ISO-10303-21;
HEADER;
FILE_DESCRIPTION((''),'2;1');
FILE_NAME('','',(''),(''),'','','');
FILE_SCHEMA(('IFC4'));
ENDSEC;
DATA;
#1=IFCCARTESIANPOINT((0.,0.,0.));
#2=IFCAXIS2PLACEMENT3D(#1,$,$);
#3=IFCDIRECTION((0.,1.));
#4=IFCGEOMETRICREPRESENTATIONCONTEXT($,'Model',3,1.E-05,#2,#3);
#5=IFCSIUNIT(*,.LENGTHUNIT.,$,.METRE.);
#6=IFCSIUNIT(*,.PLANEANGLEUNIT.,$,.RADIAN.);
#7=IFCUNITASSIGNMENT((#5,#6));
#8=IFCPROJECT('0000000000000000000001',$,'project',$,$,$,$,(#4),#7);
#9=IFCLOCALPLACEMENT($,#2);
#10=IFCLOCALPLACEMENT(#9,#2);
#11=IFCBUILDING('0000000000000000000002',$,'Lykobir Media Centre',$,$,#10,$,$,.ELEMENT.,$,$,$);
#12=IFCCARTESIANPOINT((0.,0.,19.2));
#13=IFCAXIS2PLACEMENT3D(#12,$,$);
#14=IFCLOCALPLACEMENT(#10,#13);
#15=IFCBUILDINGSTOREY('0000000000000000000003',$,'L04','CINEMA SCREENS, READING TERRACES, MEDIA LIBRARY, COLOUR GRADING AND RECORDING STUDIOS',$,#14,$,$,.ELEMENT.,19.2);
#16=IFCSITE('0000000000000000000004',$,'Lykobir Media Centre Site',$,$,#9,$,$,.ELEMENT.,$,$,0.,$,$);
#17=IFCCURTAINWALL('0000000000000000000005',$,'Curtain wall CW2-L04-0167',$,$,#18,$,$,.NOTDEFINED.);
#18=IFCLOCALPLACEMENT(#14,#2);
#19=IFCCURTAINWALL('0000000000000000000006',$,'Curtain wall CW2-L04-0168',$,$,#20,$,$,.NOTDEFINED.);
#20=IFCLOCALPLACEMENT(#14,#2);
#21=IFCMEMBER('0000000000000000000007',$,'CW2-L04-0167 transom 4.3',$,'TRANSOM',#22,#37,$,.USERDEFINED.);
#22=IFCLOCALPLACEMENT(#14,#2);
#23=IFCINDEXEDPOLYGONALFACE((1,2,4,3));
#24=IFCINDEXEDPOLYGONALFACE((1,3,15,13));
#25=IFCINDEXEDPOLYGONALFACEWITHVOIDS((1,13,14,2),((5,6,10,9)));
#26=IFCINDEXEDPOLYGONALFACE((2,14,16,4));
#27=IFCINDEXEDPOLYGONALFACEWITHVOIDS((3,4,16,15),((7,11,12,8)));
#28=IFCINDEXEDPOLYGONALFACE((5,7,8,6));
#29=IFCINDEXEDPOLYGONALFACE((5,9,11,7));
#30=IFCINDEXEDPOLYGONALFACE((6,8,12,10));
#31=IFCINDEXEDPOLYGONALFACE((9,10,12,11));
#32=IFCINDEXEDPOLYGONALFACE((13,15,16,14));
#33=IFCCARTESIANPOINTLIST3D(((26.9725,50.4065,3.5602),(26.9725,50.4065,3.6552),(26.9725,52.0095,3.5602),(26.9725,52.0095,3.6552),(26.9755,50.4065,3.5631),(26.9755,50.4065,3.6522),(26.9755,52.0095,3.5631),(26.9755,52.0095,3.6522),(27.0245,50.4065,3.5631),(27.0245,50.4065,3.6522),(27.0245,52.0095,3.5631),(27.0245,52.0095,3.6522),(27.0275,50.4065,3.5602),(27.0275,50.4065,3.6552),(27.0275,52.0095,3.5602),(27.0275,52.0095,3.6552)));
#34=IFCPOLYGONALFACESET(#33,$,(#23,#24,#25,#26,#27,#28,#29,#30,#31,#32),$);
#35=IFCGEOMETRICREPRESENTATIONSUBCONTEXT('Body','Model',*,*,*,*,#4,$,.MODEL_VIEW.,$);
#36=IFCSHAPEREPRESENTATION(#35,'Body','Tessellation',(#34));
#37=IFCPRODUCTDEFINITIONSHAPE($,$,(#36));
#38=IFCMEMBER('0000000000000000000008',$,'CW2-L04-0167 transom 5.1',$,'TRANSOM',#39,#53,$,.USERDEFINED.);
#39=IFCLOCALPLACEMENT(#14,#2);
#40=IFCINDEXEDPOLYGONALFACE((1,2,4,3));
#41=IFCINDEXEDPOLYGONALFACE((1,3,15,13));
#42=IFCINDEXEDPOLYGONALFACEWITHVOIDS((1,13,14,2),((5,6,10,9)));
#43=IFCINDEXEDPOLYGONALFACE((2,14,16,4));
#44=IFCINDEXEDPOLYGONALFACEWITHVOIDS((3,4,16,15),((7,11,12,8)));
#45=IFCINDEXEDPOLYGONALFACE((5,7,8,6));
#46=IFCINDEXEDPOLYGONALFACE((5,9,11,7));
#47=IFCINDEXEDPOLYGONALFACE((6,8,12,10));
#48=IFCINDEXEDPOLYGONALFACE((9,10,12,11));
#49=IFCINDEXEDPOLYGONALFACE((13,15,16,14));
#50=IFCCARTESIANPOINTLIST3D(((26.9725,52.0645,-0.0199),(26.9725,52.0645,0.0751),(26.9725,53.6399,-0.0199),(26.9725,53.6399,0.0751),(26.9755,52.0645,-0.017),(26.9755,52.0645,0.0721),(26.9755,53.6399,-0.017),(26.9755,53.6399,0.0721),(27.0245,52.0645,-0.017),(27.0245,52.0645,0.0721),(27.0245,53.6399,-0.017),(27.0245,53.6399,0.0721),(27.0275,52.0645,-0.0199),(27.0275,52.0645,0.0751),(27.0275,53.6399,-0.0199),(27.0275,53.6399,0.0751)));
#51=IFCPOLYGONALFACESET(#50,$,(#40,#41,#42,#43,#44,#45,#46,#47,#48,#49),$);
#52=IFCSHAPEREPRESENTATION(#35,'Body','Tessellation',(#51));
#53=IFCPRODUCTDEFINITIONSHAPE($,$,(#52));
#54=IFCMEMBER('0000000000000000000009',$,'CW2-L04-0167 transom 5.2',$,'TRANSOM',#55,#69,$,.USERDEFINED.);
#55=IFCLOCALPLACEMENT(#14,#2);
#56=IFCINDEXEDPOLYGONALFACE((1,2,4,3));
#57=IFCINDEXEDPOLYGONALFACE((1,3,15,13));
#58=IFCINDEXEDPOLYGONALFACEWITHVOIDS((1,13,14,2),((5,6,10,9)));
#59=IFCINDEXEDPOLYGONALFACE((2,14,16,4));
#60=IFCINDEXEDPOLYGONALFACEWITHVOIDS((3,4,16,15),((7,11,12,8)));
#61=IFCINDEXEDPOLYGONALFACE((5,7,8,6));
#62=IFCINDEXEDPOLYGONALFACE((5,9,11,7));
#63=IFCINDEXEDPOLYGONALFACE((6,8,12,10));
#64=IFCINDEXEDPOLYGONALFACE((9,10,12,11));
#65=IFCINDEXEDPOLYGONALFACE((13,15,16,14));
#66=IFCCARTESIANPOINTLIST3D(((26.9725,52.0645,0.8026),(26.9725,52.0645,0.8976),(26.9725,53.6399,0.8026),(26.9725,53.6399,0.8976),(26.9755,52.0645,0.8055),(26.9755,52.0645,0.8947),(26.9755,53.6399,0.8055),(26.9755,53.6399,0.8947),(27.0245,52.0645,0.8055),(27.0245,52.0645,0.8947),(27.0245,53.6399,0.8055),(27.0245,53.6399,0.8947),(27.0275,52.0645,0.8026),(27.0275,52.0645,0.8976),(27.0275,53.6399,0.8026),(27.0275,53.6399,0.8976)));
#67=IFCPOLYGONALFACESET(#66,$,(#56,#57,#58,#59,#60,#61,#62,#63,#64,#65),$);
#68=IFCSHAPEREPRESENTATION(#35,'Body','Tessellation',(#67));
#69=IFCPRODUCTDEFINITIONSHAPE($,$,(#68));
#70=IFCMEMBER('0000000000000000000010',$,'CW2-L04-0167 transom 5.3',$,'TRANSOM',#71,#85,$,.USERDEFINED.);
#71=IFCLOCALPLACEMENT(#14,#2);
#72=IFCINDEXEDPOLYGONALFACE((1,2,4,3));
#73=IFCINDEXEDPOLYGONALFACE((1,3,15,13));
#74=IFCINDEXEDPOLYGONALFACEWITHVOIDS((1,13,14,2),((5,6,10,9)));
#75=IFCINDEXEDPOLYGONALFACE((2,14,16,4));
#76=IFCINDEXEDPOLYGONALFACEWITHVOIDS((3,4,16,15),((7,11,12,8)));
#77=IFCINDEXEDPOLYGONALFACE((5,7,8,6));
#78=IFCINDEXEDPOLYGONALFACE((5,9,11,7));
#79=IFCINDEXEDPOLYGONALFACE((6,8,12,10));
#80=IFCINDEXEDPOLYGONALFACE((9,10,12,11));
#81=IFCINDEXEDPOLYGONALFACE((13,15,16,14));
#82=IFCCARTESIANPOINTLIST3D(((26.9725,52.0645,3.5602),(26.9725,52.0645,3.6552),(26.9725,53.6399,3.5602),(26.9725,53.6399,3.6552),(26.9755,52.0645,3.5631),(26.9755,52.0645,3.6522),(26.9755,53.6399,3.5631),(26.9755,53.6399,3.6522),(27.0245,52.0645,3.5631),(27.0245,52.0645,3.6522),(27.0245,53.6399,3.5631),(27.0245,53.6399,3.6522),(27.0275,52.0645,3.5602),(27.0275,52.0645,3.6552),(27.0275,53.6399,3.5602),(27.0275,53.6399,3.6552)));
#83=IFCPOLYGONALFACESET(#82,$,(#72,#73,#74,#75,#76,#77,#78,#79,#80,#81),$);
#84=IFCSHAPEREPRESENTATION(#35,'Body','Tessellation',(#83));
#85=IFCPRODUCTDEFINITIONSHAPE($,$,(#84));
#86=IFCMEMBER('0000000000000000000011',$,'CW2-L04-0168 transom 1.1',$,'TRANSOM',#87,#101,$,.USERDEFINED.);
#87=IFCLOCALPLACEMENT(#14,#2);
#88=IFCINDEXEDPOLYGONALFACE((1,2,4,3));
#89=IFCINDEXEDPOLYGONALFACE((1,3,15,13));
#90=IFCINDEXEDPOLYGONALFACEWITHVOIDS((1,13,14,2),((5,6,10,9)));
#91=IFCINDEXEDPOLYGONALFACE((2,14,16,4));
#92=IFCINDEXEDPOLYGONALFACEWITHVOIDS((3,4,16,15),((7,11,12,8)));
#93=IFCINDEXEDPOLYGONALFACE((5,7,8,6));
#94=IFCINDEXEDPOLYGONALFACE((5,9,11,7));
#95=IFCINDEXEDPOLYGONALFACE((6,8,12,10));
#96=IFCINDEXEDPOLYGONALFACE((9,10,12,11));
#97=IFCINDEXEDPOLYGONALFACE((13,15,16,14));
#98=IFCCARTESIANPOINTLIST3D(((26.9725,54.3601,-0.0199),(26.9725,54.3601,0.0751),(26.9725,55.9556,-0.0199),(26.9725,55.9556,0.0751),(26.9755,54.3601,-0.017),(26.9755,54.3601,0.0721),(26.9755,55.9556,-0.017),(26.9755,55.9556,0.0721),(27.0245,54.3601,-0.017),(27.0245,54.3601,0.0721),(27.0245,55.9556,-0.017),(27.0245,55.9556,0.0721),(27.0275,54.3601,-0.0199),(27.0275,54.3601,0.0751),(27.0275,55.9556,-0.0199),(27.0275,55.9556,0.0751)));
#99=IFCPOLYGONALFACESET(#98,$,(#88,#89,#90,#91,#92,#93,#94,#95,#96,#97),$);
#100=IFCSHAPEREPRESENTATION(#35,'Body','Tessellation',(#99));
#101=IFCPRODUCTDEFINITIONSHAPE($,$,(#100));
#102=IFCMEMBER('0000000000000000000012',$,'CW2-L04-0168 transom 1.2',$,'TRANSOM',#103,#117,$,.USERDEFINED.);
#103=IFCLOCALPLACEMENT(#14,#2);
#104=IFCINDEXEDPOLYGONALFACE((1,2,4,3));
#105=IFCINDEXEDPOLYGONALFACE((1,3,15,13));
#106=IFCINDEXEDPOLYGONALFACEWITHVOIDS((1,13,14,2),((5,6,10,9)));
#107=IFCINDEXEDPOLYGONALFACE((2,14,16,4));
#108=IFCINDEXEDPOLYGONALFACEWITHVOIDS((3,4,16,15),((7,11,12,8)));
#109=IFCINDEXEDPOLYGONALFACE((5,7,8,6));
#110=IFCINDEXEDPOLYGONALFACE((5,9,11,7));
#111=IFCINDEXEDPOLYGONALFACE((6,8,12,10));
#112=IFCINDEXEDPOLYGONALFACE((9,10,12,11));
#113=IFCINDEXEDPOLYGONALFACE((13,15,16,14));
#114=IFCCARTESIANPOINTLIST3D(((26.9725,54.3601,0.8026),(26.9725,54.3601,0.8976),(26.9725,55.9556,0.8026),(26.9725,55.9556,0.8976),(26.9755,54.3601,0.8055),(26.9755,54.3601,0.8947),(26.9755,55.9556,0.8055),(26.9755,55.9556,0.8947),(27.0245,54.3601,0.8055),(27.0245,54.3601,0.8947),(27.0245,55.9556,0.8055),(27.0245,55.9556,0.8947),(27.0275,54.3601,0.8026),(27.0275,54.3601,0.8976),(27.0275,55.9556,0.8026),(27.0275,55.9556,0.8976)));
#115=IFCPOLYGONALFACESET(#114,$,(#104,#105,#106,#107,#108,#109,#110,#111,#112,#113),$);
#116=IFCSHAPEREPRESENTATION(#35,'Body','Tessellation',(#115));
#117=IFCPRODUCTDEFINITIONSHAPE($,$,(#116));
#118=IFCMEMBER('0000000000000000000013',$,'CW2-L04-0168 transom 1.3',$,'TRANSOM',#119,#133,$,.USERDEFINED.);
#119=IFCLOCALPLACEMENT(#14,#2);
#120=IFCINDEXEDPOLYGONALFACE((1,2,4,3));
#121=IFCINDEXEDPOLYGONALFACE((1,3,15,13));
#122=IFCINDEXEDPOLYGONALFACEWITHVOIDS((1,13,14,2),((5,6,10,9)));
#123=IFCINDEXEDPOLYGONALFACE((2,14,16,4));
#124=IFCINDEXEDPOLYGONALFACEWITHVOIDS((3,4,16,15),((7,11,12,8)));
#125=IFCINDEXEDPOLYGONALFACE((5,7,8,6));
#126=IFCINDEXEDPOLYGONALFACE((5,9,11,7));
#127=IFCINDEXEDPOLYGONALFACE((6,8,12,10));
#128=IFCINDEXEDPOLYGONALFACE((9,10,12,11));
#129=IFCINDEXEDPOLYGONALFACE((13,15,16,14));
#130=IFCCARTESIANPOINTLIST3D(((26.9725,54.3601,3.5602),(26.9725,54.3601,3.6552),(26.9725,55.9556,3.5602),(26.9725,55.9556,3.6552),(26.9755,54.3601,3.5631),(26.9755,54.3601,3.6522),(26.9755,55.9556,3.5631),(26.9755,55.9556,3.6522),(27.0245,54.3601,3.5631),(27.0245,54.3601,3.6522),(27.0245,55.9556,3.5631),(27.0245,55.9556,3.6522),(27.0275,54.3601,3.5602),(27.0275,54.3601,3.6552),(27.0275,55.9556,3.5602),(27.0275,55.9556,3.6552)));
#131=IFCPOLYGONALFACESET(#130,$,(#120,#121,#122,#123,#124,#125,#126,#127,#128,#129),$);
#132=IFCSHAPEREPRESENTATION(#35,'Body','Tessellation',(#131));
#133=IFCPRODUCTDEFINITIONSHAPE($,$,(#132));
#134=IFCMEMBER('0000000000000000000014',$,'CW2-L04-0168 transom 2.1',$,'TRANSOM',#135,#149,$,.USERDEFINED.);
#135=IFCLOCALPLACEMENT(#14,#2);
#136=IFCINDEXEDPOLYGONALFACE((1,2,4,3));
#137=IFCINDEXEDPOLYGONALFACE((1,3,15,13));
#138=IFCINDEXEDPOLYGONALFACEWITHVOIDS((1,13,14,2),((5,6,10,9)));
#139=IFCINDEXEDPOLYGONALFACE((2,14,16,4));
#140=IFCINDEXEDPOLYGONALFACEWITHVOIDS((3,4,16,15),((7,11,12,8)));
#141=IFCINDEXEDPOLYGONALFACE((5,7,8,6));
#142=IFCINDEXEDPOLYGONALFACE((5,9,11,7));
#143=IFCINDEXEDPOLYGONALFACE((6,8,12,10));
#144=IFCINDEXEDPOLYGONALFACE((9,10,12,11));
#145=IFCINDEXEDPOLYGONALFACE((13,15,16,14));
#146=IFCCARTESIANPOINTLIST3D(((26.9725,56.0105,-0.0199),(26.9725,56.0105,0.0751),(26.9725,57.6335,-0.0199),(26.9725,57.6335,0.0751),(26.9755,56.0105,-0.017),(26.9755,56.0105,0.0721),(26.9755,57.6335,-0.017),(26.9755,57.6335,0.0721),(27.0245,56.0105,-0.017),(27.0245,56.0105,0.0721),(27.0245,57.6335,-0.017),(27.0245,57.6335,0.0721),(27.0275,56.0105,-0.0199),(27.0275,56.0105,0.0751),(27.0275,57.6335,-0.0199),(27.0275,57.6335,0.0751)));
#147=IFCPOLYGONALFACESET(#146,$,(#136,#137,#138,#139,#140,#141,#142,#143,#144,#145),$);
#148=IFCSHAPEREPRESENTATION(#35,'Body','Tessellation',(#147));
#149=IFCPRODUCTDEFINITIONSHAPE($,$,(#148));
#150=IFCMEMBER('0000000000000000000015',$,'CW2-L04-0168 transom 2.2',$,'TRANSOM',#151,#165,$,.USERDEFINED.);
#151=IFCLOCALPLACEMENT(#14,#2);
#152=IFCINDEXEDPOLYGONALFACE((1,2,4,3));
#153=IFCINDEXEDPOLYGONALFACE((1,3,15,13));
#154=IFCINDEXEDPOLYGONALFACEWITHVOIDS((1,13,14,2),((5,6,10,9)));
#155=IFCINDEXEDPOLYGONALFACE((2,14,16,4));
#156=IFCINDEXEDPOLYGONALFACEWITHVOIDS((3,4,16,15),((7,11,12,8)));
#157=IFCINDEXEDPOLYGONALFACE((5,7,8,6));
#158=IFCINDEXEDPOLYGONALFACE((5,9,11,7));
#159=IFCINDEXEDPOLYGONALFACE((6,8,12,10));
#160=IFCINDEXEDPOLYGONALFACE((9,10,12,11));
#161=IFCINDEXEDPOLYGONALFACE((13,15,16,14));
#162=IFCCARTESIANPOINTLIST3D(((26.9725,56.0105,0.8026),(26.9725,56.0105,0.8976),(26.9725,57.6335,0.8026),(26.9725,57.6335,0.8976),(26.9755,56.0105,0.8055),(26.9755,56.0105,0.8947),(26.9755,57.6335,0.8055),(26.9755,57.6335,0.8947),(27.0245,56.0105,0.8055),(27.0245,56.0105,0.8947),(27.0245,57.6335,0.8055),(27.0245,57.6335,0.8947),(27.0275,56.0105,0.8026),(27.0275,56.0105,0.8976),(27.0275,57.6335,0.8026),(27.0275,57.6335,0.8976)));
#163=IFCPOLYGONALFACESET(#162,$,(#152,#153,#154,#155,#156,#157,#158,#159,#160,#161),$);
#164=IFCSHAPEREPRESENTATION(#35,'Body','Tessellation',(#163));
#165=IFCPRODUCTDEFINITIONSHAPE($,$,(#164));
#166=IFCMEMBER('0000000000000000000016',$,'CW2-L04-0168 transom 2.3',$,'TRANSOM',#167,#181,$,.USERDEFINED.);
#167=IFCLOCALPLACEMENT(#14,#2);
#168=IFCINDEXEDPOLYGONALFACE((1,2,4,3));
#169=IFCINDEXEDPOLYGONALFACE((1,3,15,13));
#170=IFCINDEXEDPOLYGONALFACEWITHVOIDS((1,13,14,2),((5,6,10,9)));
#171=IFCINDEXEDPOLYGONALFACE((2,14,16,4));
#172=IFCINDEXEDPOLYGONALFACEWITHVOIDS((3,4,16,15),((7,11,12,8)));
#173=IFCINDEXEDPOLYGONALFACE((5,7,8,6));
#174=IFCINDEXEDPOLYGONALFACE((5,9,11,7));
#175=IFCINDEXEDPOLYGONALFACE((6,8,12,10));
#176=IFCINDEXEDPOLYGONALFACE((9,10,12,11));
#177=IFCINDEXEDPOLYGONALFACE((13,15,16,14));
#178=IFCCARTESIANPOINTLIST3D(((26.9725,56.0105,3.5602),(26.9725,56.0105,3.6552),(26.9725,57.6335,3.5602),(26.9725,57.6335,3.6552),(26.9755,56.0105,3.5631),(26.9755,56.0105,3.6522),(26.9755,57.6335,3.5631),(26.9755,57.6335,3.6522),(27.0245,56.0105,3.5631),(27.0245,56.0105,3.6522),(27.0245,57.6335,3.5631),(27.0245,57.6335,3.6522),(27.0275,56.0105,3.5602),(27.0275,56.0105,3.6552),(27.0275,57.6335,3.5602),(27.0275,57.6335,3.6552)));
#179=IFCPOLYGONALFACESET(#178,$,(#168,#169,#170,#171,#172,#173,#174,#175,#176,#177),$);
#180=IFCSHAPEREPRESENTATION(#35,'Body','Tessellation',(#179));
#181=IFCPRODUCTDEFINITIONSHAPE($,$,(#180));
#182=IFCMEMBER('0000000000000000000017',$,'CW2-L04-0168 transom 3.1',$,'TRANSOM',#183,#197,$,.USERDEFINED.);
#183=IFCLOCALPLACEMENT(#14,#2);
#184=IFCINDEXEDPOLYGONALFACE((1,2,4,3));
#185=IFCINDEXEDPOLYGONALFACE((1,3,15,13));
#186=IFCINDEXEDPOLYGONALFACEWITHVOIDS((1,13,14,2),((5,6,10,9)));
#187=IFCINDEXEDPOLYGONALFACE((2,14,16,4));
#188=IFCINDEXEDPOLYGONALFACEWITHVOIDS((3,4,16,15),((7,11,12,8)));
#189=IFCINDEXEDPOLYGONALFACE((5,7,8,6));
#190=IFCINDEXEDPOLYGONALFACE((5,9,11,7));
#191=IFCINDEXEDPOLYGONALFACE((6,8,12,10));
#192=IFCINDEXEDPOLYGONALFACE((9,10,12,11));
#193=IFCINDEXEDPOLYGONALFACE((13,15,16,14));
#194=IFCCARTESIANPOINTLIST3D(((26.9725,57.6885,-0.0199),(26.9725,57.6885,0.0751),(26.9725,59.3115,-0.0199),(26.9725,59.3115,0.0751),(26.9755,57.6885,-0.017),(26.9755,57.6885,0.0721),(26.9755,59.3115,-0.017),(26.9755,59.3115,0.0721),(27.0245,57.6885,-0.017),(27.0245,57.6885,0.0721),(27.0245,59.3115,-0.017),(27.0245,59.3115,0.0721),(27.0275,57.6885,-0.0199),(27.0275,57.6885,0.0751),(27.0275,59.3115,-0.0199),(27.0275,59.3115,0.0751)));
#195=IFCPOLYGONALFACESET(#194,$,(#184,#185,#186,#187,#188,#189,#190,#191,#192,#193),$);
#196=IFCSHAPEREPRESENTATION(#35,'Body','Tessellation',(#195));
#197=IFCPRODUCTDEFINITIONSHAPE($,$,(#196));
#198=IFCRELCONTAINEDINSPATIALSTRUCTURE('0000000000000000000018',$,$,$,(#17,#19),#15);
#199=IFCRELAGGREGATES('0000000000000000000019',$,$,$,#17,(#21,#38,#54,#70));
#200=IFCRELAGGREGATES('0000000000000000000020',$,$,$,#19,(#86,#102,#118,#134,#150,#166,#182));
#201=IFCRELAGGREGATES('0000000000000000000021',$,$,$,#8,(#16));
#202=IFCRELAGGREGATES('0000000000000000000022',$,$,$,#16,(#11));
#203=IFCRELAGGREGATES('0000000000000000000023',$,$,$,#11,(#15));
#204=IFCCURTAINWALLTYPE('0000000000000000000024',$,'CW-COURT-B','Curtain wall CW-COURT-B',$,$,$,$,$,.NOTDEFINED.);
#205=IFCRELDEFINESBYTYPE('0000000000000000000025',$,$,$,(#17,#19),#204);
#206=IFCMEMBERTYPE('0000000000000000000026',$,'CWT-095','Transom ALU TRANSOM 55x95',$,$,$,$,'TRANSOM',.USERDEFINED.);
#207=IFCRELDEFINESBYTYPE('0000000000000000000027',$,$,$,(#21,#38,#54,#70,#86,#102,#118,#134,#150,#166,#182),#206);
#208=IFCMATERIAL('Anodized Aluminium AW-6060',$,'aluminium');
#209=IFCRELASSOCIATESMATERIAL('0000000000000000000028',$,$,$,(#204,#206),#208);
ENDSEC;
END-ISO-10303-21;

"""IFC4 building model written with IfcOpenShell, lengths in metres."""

from ifc_helpers import new_model, si_unit, direction, frame, origin, origin_2d, place, context, subcontext, project, spatial, hollow_rectangle, extrude, material, material_profile, profile_set, type_object, element, aggregate, save


model = new_model("IFC4")

# Units and contexts
model_context = context("Model", 3, precision=1e-05, world=origin(), true_north=direction((0.0, 1.0)))
body_context = subcontext(model_context, "Body", "Model", "MODEL_VIEW")
ifc_project = project(units=[si_unit("LENGTHUNIT", "METRE"), si_unit("PLANEANGLEUNIT", "RADIAN")], contexts=[model_context])

# Site, building, storey
site_placement = place(None, origin())
site = spatial("IfcSite", under=ifc_project, at=site_placement, Name="Lykobir Media Centre Site", CompositionType="ELEMENT", RefElevation=0.0)
building_placement = place(site_placement, origin())
building = spatial("IfcBuilding", under=site, at=building_placement, Name="Lykobir Media Centre", CompositionType="ELEMENT")
storey_placement = place(building_placement, frame((0.0, 0.0, 19.2)))
storey = spatial("IfcBuildingStorey", under=building, at=storey_placement, Name="L04", Description="CINEMA SCREENS, READING TERRACES, MEDIA LIBRARY, COLOUR GRADING AND RECORDING STUDIOS", CompositionType="ELEMENT", Elevation=19.2)

# Curtain walls
ifc_material_1 = material(Name="Anodized Aluminium AW-6060", Category="aluminium")
curtain_wall_type = type_object("IfcCurtainWallType", Name="CW-COURT-B", Description="Curtain wall CW-COURT-B", PredefinedType="NOTDEFINED", material=ifc_material_1)
curtain_wall_1_placement = place(storey_placement, origin())
curtain_wall_1 = element("IfcCurtainWall", 1, at=curtain_wall_1_placement, inside=storey, type_object=curtain_wall_type, Name="Curtain wall CW2-L04-0167", PredefinedType="NOTDEFINED")
curtain_wall_2_placement = place(storey_placement, origin())
curtain_wall_2 = element("IfcCurtainWall", 2, at=curtain_wall_2_placement, inside=storey, type_object=curtain_wall_type, Name="Curtain wall CW2-L04-0168", PredefinedType="NOTDEFINED")

# Members
ifc_material_profile_1 = material_profile(ifc_material_1, hollow_rectangle(XDim=0.0549, YDim=0.095, WallThickness=0.0029, at=origin_2d()), Name="ALU TRANSOM 55x95")
ifc_profile_set_1 = profile_set([ifc_material_profile_1], Name="Anodized Aluminium AW-6060")
member_type_1 = type_object("IfcMemberType", Name="CWT-095", Description="Transom ALU TRANSOM 55x95", ElementType="TRANSOM", PredefinedType="USERDEFINED", material=ifc_profile_set_1)
member_1_placement = place(storey_placement, frame((27.0, 50.4065, 3.6077), z_axis=(0.0, 1.0, 0.0), x_axis=(-1.0, 0.0, 0.0)))
member_1 = element("IfcMember", 3, at=member_1_placement, type_object=member_type_1, Name="CW2-L04-0167 transom 4.3", ObjectType="TRANSOM", PredefinedType="USERDEFINED", context=body_context, shape_type="SweptSolid", body=[
    extrude(hollow_rectangle(XDim=0.0549, YDim=0.095, WallThickness=0.0029, at=origin_2d()), origin(), (0.0, 0.0, 1.0), 1.603),
])
member_2_placement = place(storey_placement, frame((27.0, 52.0645, 0.0276), z_axis=(0.0, 1.0, 0.0), x_axis=(-1.0, 0.0, 0.0)))
member_2 = element("IfcMember", 4, at=member_2_placement, type_object=member_type_1, Name="CW2-L04-0167 transom 5.1", ObjectType="TRANSOM", PredefinedType="USERDEFINED", context=body_context, shape_type="SweptSolid", body=[
    extrude(hollow_rectangle(XDim=0.0549, YDim=0.095, WallThickness=0.0029, at=origin_2d()), origin(), (0.0, 0.0, 1.0), 1.5754),
])
member_3_placement = place(storey_placement, frame((27.0, 52.0645, 0.8501), z_axis=(0.0, 1.0, 0.0), x_axis=(-1.0, 0.0, 0.0)))
member_3 = element("IfcMember", 5, at=member_3_placement, type_object=member_type_1, Name="CW2-L04-0167 transom 5.2", ObjectType="TRANSOM", PredefinedType="USERDEFINED", context=body_context, shape_type="SweptSolid", body=[
    extrude(hollow_rectangle(XDim=0.0549, YDim=0.095, WallThickness=0.0029, at=origin_2d()), origin(), (0.0, 0.0, 1.0), 1.5754),
])
member_4_placement = place(storey_placement, frame((27.0, 52.0645, 3.6077), z_axis=(0.0, 1.0, 0.0), x_axis=(-1.0, 0.0, 0.0)))
member_4 = element("IfcMember", 6, at=member_4_placement, type_object=member_type_1, Name="CW2-L04-0167 transom 5.3", ObjectType="TRANSOM", PredefinedType="USERDEFINED", context=body_context, shape_type="SweptSolid", body=[
    extrude(hollow_rectangle(XDim=0.0549, YDim=0.095, WallThickness=0.0029, at=origin_2d()), origin(), (0.0, 0.0, 1.0), 1.5754),
])
member_5_placement = place(storey_placement, frame((27.0, 54.3601, 0.0276), z_axis=(0.0, 1.0, 0.0), x_axis=(-1.0, 0.0, 0.0)))
member_5 = element("IfcMember", 7, at=member_5_placement, type_object=member_type_1, Name="CW2-L04-0168 transom 1.1", ObjectType="TRANSOM", PredefinedType="USERDEFINED", context=body_context, shape_type="SweptSolid", body=[
    extrude(hollow_rectangle(XDim=0.0549, YDim=0.095, WallThickness=0.0029, at=origin_2d()), origin(), (0.0, 0.0, 1.0), 1.5955),
])
member_6_placement = place(storey_placement, frame((27.0, 54.3601, 0.8501), z_axis=(0.0, 1.0, 0.0), x_axis=(-1.0, 0.0, 0.0)))
member_6 = element("IfcMember", 8, at=member_6_placement, type_object=member_type_1, Name="CW2-L04-0168 transom 1.2", ObjectType="TRANSOM", PredefinedType="USERDEFINED", context=body_context, shape_type="SweptSolid", body=[
    extrude(hollow_rectangle(XDim=0.0549, YDim=0.095, WallThickness=0.0029, at=origin_2d()), origin(), (0.0, 0.0, 1.0), 1.5955),
])
member_7_placement = place(storey_placement, frame((27.0, 54.3601, 3.6077), z_axis=(0.0, 1.0, 0.0), x_axis=(-1.0, 0.0, 0.0)))
member_7 = element("IfcMember", 9, at=member_7_placement, type_object=member_type_1, Name="CW2-L04-0168 transom 1.3", ObjectType="TRANSOM", PredefinedType="USERDEFINED", context=body_context, shape_type="SweptSolid", body=[
    extrude(hollow_rectangle(XDim=0.0549, YDim=0.095, WallThickness=0.0029, at=origin_2d()), origin(), (0.0, 0.0, 1.0), 1.5955),
])
member_8_placement = place(storey_placement, frame((27.0, 56.0105, 0.0276), z_axis=(0.0, 1.0, 0.0), x_axis=(-1.0, 0.0, 0.0)))
member_8 = element("IfcMember", 10, at=member_8_placement, type_object=member_type_1, Name="CW2-L04-0168 transom 2.1", ObjectType="TRANSOM", PredefinedType="USERDEFINED", context=body_context, shape_type="SweptSolid", body=[
    extrude(hollow_rectangle(XDim=0.0549, YDim=0.095, WallThickness=0.0029, at=origin_2d()), origin(), (0.0, 0.0, 1.0), 1.623),
])
member_9_placement = place(storey_placement, frame((27.0, 56.0105, 0.8501), z_axis=(0.0, 1.0, 0.0), x_axis=(-1.0, 0.0, 0.0)))
member_9 = element("IfcMember", 11, at=member_9_placement, type_object=member_type_1, Name="CW2-L04-0168 transom 2.2", ObjectType="TRANSOM", PredefinedType="USERDEFINED", context=body_context, shape_type="SweptSolid", body=[
    extrude(hollow_rectangle(XDim=0.0549, YDim=0.095, WallThickness=0.0029, at=origin_2d()), origin(), (0.0, 0.0, 1.0), 1.623),
])
member_10_placement = place(storey_placement, frame((27.0, 56.0105, 3.6077), z_axis=(0.0, 1.0, 0.0), x_axis=(-1.0, 0.0, 0.0)))
member_10 = element("IfcMember", 12, at=member_10_placement, type_object=member_type_1, Name="CW2-L04-0168 transom 2.3", ObjectType="TRANSOM", PredefinedType="USERDEFINED", context=body_context, shape_type="SweptSolid", body=[
    extrude(hollow_rectangle(XDim=0.0549, YDim=0.095, WallThickness=0.0029, at=origin_2d()), origin(), (0.0, 0.0, 1.0), 1.623),
])
member_11_placement = place(storey_placement, frame((27.0, 57.6885, 0.0276), z_axis=(0.0, 1.0, 0.0), x_axis=(-1.0, 0.0, 0.0)))
member_11 = element("IfcMember", 13, at=member_11_placement, type_object=member_type_1, Name="CW2-L04-0168 transom 3.1", ObjectType="TRANSOM", PredefinedType="USERDEFINED", context=body_context, shape_type="SweptSolid", body=[
    extrude(hollow_rectangle(XDim=0.0549, YDim=0.095, WallThickness=0.0029, at=origin_2d()), origin(), (0.0, 0.0, 1.0), 1.623),
])

aggregate(curtain_wall_1, [member_1, member_2, member_3, member_4])
aggregate(curtain_wall_2, [member_5, member_6, member_7, member_8, member_9, member_10, member_11])

save(model, "model.ifc")
